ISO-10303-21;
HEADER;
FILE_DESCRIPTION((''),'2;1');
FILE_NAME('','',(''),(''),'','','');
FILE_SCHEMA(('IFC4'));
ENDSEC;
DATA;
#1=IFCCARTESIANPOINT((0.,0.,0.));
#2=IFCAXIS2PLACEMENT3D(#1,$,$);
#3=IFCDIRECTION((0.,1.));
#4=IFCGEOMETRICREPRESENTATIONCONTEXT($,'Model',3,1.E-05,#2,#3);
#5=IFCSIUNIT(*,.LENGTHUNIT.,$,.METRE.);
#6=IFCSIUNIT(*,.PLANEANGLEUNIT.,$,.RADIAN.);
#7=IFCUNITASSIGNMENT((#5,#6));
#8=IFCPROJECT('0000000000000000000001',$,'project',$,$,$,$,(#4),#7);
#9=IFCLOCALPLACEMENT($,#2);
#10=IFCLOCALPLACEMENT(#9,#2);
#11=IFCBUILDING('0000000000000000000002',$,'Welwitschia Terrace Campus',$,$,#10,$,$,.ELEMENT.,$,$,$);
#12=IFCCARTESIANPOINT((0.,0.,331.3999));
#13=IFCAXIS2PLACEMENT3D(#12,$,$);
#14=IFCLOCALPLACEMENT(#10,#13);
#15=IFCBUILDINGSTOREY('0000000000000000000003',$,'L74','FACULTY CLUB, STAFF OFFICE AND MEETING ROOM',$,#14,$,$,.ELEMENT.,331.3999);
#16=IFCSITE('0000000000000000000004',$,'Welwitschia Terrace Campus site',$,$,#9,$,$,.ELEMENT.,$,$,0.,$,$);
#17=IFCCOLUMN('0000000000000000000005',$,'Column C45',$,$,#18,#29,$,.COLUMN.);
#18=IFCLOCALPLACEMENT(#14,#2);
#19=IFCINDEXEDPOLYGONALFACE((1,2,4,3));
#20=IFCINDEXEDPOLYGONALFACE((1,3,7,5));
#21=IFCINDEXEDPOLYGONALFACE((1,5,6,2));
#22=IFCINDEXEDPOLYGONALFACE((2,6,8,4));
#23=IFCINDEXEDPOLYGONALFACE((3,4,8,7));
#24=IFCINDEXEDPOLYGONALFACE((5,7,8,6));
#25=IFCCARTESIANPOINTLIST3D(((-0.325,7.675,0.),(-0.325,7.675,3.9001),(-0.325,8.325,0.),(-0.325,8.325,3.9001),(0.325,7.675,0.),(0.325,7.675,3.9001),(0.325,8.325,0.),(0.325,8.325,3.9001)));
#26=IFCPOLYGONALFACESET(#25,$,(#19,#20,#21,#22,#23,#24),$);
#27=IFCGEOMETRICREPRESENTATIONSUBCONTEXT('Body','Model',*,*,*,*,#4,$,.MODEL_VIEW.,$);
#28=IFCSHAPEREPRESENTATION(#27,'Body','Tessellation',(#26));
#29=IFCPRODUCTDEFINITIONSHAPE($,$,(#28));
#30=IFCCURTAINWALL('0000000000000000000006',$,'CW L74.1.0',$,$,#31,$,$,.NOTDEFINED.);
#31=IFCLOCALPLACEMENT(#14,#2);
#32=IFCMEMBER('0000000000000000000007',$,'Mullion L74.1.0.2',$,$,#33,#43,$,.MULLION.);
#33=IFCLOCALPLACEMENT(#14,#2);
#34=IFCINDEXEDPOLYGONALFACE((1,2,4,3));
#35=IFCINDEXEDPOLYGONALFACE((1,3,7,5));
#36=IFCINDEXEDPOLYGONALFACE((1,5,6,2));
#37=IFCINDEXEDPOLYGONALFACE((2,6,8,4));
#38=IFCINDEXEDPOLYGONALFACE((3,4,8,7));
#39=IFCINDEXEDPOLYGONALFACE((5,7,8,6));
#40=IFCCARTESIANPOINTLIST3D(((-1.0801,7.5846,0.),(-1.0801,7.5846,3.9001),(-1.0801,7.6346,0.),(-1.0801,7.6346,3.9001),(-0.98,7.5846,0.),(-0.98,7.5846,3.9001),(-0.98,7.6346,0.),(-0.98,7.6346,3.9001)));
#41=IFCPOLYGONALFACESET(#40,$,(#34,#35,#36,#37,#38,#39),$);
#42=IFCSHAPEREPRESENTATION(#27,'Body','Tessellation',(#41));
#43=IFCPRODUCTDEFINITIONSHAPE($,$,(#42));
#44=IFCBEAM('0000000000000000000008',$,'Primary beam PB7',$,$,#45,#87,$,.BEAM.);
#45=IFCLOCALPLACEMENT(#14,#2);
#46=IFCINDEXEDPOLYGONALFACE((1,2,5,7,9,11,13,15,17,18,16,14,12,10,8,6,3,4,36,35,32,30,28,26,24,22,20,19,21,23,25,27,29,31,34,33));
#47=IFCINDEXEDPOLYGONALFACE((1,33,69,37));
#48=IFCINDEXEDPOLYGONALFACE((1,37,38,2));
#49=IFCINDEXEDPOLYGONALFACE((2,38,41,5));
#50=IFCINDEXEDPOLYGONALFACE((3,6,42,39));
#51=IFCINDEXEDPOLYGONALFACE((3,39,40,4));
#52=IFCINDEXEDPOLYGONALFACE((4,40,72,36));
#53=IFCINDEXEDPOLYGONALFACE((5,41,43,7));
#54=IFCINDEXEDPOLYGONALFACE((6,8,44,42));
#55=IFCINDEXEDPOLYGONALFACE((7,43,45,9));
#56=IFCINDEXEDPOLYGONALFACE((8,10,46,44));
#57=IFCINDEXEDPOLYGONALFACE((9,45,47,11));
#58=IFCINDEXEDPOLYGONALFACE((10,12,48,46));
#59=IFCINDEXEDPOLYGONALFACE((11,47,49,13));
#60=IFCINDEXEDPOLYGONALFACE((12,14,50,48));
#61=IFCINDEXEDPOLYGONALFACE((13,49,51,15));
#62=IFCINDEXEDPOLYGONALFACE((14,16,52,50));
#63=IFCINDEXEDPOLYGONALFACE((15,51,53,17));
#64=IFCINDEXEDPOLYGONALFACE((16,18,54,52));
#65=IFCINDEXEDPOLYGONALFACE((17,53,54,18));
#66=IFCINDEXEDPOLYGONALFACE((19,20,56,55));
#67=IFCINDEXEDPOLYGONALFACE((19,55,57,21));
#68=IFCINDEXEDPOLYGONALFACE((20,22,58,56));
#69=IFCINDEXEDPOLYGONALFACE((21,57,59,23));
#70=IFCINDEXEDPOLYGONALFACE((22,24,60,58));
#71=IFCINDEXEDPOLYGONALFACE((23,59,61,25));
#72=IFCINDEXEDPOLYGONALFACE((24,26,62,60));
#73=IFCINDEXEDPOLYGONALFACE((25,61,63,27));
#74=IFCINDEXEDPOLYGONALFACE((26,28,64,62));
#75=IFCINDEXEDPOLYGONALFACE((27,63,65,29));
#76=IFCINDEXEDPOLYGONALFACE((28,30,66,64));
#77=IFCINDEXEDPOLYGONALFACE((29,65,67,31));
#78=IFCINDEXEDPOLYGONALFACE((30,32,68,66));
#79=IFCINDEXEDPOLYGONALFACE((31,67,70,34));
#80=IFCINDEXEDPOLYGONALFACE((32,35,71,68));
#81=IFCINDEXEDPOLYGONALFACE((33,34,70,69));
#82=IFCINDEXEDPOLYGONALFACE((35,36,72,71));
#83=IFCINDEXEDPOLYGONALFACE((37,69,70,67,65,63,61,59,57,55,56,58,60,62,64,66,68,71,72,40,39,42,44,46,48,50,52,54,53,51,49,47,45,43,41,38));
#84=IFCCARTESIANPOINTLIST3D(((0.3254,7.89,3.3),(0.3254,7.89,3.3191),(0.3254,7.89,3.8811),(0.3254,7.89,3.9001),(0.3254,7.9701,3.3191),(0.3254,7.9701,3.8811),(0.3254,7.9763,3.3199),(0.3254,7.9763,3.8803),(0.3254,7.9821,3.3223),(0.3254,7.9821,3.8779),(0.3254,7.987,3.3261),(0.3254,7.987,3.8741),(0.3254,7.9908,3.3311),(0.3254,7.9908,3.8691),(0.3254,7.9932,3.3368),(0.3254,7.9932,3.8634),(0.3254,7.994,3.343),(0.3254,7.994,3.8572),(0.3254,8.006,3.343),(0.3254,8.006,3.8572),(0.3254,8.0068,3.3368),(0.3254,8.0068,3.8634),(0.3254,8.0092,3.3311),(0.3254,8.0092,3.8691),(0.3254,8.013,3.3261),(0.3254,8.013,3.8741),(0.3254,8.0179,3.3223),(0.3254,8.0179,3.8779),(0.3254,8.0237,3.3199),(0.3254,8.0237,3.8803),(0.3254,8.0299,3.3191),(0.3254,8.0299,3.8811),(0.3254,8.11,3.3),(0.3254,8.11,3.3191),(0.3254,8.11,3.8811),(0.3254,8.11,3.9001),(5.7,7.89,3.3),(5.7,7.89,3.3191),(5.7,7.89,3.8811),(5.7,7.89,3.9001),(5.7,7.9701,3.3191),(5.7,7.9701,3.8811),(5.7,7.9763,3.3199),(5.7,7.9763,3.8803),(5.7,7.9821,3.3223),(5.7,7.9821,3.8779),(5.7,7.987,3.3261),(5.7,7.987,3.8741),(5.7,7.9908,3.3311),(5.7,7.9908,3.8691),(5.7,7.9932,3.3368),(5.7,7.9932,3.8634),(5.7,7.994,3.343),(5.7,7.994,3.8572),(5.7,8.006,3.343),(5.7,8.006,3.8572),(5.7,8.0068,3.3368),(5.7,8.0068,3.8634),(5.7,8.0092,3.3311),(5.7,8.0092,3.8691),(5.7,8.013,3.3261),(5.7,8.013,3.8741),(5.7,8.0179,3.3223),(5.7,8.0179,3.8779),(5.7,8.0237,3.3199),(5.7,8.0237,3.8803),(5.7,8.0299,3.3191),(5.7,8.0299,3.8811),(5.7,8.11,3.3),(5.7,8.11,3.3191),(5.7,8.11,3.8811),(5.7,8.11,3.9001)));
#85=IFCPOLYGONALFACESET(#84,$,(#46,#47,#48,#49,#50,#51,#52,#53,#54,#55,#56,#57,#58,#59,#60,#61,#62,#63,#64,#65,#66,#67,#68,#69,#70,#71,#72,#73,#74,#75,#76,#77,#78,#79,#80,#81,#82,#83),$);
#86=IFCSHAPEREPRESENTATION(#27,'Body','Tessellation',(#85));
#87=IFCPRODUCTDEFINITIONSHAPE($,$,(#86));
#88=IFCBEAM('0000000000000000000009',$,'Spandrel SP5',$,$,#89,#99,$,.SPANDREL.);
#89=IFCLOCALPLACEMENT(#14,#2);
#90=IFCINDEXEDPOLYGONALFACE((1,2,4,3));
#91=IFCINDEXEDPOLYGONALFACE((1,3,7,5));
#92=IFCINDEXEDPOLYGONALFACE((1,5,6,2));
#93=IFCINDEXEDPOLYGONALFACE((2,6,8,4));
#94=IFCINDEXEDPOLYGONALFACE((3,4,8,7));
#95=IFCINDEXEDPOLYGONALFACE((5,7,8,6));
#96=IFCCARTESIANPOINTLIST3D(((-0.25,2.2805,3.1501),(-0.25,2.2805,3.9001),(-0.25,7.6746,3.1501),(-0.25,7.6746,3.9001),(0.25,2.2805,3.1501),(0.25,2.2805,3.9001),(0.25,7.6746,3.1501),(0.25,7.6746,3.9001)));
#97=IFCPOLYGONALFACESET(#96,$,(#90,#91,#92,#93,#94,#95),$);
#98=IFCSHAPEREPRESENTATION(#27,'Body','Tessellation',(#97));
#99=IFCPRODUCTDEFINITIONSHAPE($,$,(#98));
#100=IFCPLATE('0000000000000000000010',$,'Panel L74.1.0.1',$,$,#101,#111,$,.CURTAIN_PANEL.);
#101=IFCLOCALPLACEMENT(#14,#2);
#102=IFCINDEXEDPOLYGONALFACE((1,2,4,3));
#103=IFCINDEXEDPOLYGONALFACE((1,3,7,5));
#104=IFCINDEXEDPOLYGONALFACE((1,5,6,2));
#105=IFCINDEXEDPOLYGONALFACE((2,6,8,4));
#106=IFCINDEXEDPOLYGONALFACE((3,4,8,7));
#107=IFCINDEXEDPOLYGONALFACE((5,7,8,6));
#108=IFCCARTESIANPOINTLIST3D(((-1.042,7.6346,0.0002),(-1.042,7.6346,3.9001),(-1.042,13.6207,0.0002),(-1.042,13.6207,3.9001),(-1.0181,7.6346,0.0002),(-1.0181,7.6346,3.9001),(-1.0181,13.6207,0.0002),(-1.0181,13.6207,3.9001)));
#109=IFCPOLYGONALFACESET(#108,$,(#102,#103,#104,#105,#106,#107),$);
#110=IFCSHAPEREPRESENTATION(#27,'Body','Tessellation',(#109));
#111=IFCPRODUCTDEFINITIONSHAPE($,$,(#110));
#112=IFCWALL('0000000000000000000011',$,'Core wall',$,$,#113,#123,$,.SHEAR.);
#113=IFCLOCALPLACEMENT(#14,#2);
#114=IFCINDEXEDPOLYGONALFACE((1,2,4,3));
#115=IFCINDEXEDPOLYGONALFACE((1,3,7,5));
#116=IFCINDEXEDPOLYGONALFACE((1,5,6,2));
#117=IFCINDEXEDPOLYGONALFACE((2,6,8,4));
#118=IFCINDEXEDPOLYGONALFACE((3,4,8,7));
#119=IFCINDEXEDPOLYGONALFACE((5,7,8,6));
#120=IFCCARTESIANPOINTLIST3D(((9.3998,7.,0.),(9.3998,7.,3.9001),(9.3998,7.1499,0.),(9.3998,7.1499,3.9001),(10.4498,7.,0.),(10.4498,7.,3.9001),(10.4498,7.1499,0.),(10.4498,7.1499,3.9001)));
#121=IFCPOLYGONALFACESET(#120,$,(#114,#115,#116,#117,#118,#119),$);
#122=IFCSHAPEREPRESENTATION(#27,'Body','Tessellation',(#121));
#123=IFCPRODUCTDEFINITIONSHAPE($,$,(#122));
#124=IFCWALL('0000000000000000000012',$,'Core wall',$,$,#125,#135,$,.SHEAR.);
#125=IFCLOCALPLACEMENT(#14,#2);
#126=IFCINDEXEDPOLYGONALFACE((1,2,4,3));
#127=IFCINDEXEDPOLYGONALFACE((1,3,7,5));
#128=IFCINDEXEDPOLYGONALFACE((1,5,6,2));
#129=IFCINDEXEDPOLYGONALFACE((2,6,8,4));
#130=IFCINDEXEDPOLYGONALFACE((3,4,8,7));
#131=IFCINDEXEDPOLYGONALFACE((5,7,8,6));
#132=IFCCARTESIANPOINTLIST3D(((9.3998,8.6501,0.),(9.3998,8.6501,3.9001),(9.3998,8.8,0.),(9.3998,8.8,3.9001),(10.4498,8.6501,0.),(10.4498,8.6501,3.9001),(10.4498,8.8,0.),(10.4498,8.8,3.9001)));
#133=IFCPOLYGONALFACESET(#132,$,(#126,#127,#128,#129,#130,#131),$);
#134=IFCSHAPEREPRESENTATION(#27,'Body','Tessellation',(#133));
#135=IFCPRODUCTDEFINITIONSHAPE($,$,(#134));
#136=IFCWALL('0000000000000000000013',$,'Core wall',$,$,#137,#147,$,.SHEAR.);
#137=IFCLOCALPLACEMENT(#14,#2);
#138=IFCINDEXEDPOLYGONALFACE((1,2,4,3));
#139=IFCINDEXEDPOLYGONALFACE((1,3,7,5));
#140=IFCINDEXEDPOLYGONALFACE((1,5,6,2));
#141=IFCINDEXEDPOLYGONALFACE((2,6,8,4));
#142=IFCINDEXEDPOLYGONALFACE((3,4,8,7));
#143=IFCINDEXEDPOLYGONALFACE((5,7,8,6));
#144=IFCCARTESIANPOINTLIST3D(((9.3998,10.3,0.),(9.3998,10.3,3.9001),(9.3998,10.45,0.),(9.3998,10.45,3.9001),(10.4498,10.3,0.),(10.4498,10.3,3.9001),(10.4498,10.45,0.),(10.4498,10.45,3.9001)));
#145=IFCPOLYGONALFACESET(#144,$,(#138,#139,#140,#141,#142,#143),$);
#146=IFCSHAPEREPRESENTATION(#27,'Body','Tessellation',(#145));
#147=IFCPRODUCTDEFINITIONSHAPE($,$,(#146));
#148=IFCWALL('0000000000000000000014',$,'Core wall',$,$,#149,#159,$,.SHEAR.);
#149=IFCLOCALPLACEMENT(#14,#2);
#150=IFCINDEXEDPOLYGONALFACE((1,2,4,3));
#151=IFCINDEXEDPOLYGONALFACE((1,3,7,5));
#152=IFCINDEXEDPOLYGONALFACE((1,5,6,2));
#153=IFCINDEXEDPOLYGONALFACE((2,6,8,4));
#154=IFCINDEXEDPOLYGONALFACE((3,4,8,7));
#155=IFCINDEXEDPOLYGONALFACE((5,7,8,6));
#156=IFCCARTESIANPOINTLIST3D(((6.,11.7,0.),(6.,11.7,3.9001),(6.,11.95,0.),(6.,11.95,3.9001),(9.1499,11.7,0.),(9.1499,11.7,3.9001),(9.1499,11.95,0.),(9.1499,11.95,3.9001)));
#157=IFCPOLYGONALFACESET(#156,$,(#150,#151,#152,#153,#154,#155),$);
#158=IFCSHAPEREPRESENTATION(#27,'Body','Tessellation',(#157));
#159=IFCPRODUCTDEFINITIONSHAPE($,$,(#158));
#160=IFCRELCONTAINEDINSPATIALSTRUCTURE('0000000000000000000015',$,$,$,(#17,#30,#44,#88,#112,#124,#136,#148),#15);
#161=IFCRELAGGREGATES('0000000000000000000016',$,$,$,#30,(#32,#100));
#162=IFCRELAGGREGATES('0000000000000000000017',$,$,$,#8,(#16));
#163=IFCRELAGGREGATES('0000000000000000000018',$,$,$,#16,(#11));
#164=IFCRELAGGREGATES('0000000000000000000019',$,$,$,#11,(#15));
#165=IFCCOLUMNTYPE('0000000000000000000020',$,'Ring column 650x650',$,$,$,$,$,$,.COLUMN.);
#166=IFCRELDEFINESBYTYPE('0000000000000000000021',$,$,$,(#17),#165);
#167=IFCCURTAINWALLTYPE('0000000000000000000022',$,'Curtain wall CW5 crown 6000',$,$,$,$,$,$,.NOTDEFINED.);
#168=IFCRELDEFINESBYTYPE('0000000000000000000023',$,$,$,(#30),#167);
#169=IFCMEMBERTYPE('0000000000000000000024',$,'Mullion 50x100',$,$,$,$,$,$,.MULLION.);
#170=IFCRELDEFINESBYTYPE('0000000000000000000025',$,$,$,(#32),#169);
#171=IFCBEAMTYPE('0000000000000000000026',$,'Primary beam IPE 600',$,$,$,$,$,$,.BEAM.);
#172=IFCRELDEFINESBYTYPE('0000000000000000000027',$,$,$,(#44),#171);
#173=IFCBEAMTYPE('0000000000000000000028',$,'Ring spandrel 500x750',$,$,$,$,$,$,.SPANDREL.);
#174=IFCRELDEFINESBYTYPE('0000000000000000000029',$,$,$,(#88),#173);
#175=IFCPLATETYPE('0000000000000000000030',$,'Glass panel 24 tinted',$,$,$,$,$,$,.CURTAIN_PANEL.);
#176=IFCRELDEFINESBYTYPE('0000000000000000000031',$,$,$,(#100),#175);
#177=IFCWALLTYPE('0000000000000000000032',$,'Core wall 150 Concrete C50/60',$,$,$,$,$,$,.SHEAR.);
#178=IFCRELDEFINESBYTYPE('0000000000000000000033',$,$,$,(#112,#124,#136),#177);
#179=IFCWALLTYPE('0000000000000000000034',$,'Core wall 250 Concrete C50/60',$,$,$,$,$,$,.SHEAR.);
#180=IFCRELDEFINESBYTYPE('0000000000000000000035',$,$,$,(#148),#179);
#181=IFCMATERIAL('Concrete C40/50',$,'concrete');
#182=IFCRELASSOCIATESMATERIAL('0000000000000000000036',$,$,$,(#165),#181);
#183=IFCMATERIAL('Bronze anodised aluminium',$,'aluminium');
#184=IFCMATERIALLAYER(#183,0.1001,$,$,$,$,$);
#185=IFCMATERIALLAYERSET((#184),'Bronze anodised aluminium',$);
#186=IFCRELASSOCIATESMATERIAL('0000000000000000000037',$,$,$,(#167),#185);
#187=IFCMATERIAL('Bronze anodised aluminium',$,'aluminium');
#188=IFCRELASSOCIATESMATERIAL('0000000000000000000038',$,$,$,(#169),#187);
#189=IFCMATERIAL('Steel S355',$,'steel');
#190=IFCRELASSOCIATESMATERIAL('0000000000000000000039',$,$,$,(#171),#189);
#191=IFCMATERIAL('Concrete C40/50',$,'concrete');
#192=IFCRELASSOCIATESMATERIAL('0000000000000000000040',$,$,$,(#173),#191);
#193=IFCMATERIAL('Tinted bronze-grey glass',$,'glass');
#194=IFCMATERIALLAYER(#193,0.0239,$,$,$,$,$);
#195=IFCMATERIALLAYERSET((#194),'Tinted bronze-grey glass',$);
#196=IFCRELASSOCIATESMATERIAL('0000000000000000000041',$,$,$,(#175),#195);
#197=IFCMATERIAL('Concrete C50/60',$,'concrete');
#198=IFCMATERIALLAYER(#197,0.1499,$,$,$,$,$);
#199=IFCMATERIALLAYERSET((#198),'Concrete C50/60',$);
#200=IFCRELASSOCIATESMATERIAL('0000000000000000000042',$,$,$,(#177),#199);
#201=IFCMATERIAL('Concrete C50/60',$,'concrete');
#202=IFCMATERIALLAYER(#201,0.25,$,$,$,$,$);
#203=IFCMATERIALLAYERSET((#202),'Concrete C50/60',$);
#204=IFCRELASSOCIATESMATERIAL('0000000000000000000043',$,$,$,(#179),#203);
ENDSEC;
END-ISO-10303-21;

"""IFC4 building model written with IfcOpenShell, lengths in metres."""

from ifc_helpers import new_model, si_unit, direction, frame, frame_2d, origin, origin_2d, place, context, subcontext, project, spatial, rectangle, i_section, extrude, material, layer, layer_set, material_profile, profile_set, type_object, element, aggregate, save


model = new_model("IFC4")

# Units and contexts
model_context = context("Model", 3, precision=1e-05, world=origin(), true_north=direction((0.0, 1.0)))
body_context = subcontext(model_context, "Body", "Model", "MODEL_VIEW")
ifc_project = project(units=[si_unit("LENGTHUNIT", "METRE"), si_unit("PLANEANGLEUNIT", "RADIAN")], contexts=[model_context])

# Site, building, storey
site_placement = place(None, origin())
site = spatial("IfcSite", under=ifc_project, at=site_placement, Name="Welwitschia Terrace Campus site", CompositionType="ELEMENT", RefElevation=0.0)
building_placement = place(site_placement, origin())
building = spatial("IfcBuilding", under=site, at=building_placement, Name="Welwitschia Terrace Campus", CompositionType="ELEMENT")
storey_placement = place(building_placement, frame((0.0, 0.0, 331.3999)))
storey = spatial("IfcBuildingStorey", under=building, at=storey_placement, Name="L74", Description="FACULTY CLUB, STAFF OFFICE AND MEETING ROOM", CompositionType="ELEMENT", Elevation=331.3999)

# Column
ifc_material_1 = material(Name="Concrete C40/50", Category="concrete")
ifc_material_profile_1 = material_profile(ifc_material_1, rectangle(XDim=0.6499, YDim=0.6499, at=origin_2d()))
ifc_profile_set_1 = profile_set([ifc_material_profile_1], Name="Concrete C40/50")
column_type = type_object("IfcColumnType", Name="Ring column 650x650", PredefinedType="COLUMN", material=ifc_profile_set_1)
column_placement = place(storey_placement, frame((0.0, 8.0, 0.0), z_axis=(0.0, 0.0, 1.0), x_axis=(1.0, 0.0, 0.0)))
element("IfcColumn", 1, at=column_placement, inside=storey, type_object=column_type, Name="Column C45", PredefinedType="COLUMN", context=body_context, shape_type="SweptSolid", body=[
    extrude(rectangle(XDim=0.6499, YDim=0.6499, at=origin_2d()), origin(), (0.0, 0.0, 1.0), 3.9001),
])

# Curtain wall, member
ifc_material_2 = material(Name="Bronze anodised aluminium", Category="aluminium")
ifc_layer_1 = layer(ifc_material_2, 0.1001)
ifc_layer_set_1 = layer_set([ifc_layer_1], Name="Bronze anodised aluminium")
curtain_wall_type = type_object("IfcCurtainWallType", Name="Curtain wall CW5 crown 6000", PredefinedType="NOTDEFINED", material=ifc_layer_set_1)
curtain_wall_placement = place(storey_placement, origin())
curtain_wall = element("IfcCurtainWall", 2, at=curtain_wall_placement, inside=storey, type_object=curtain_wall_type, Name="CW L74.1.0", PredefinedType="NOTDEFINED")
ifc_material_3 = material(Name="Bronze anodised aluminium", Category="aluminium")
ifc_material_profile_2 = material_profile(ifc_material_3, rectangle(XDim=0.1001, YDim=0.05, at=origin_2d()))
ifc_profile_set_2 = profile_set([ifc_material_profile_2], Name="Bronze anodised aluminium")
member_type = type_object("IfcMemberType", Name="Mullion 50x100", PredefinedType="MULLION", material=ifc_profile_set_2)
member_placement = place(storey_placement, frame((-1.03, 7.6096, 0.0), z_axis=(0.0, 0.0, 1.0), x_axis=(1.0, 0.0, 0.0)))
member = element("IfcMember", 3, at=member_placement, type_object=member_type, Name="Mullion L74.1.0.2", PredefinedType="MULLION", context=body_context, shape_type="SweptSolid", body=[
    extrude(rectangle(XDim=0.1001, YDim=0.05, at=origin_2d()), origin(), (0.0, 0.0, 1.0), 3.9001),
])

# Beams
ifc_material_4 = material(Name="Steel S355", Category="steel")
ifc_material_profile_3 = material_profile(ifc_material_4, i_section(OverallWidth=0.22, OverallDepth=0.6001, WebThickness=0.012, FlangeThickness=0.019, FilletRadius=0.0239, at=origin_2d()))
ifc_profile_set_3 = profile_set([ifc_material_profile_3], Name="Steel S355")
beam_type_1 = type_object("IfcBeamType", Name="Primary beam IPE 600", PredefinedType="BEAM", material=ifc_profile_set_3)
beam_1_placement = place(storey_placement, frame((0.3254, 8.0, 3.6001), z_axis=(1.0, 0.0, 0.0), x_axis=(0.0, 1.0, 0.0)))
element("IfcBeam", 4, at=beam_1_placement, inside=storey, type_object=beam_type_1, Name="Primary beam PB7", PredefinedType="BEAM", context=body_context, shape_type="SweptSolid", body=[
    extrude(i_section(OverallWidth=0.22, OverallDepth=0.6001, WebThickness=0.012, FlangeThickness=0.019, FilletRadius=0.0239, at=origin_2d()), origin(), (0.0, 0.0, 1.0), 5.3745),
])
ifc_material_5 = material(Name="Concrete C40/50", Category="concrete")
ifc_material_profile_4 = material_profile(ifc_material_5, rectangle(XDim=0.5, YDim=0.75, at=origin_2d()))
ifc_profile_set_4 = profile_set([ifc_material_profile_4], Name="Concrete C40/50")
beam_type_2 = type_object("IfcBeamType", Name="Ring spandrel 500x750", PredefinedType="SPANDREL", material=ifc_profile_set_4)
beam_2_placement = place(storey_placement, frame((0.0, 7.6746, 3.5251), z_axis=(0.0, -1.0, 0.0), x_axis=(1.0, 0.0, 0.0)))
element("IfcBeam", 5, at=beam_2_placement, inside=storey, type_object=beam_type_2, Name="Spandrel SP5", PredefinedType="SPANDREL", context=body_context, shape_type="SweptSolid", body=[
    extrude(rectangle(XDim=0.5, YDim=0.75, at=origin_2d()), origin(), (0.0, 0.0, 1.0), 5.394),
])

# Plate
ifc_material_6 = material(Name="Tinted bronze-grey glass", Category="glass")
ifc_layer_2 = layer(ifc_material_6, 0.0239)
ifc_layer_set_2 = layer_set([ifc_layer_2], Name="Tinted bronze-grey glass")
plate_type = type_object("IfcPlateType", Name="Glass panel 24 tinted", PredefinedType="CURTAIN_PANEL", material=ifc_layer_set_2)
plate_placement = place(storey_placement, frame((-1.03, 10.6277, 0.0002), z_axis=(0.0, 0.0, 1.0), x_axis=(0.0, -1.0, 0.0)))
plate = element("IfcPlate", 6, at=plate_placement, type_object=plate_type, Name="Panel L74.1.0.1", PredefinedType="CURTAIN_PANEL", context=body_context, shape_type="SweptSolid", body=[
    extrude(rectangle(XDim=5.9861, YDim=0.0239, at=origin_2d()), origin(), (0.0, 0.0, 1.0), 3.8999),
])
aggregate(curtain_wall, [member, plate])

# Walls
ifc_material_7 = material(Name="Concrete C50/60", Category="concrete")
ifc_layer_3 = layer(ifc_material_7, 0.1499)
ifc_layer_set_3 = layer_set([ifc_layer_3], Name="Concrete C50/60")
wall_type_1 = type_object("IfcWallType", Name="Core wall 150 Concrete C50/60", PredefinedType="SHEAR", material=ifc_layer_set_3)
for number, where, z_axis, x_axis, name in (
    (7, (9.3999, 7.075, 0.0), (0.0, 0.0, 1.0), (1.0, 0.0, 0.0), "Core wall"),
    (8, (9.3999, 8.7251, 0.0), (0.0, 0.0, 1.0), (1.0, 0.0, 0.0), "Core wall"),
    (9, (9.3999, 10.375, 0.0), (0.0, 0.0, 1.0), (1.0, 0.0, 0.0), "Core wall"),
):
    element("IfcWall", number, at=place(storey_placement, frame(where, z_axis=z_axis, x_axis=x_axis)), inside=storey, type_object=wall_type_1, Name=name, PredefinedType="SHEAR", context=body_context, shape_type="SweptSolid", body=[
        extrude(rectangle(XDim=1.05, YDim=0.1499, at=frame_2d((0.5249, 0.0))), origin(), (0.0, 0.0, 1.0), 3.9001),
    ])
ifc_material_8 = material(Name="Concrete C50/60", Category="concrete")
ifc_layer_4 = layer(ifc_material_8, 0.25)
ifc_layer_set_4 = layer_set([ifc_layer_4], Name="Concrete C50/60")
wall_type_2 = type_object("IfcWallType", Name="Core wall 250 Concrete C50/60", PredefinedType="SHEAR", material=ifc_layer_set_4)
wall_1_placement = place(storey_placement, frame((6.0, 11.825, 0.0), z_axis=(0.0, 0.0, 1.0), x_axis=(1.0, 0.0, 0.0)))
element("IfcWall", 10, at=wall_1_placement, inside=storey, type_object=wall_type_2, Name="Core wall", PredefinedType="SHEAR", context=body_context, shape_type="SweptSolid", body=[
    extrude(rectangle(XDim=3.1499, YDim=0.25, at=frame_2d((1.575, 0.0))), origin(), (0.0, 0.0, 1.0), 3.9001),
])

save(model, "model.ifc")
